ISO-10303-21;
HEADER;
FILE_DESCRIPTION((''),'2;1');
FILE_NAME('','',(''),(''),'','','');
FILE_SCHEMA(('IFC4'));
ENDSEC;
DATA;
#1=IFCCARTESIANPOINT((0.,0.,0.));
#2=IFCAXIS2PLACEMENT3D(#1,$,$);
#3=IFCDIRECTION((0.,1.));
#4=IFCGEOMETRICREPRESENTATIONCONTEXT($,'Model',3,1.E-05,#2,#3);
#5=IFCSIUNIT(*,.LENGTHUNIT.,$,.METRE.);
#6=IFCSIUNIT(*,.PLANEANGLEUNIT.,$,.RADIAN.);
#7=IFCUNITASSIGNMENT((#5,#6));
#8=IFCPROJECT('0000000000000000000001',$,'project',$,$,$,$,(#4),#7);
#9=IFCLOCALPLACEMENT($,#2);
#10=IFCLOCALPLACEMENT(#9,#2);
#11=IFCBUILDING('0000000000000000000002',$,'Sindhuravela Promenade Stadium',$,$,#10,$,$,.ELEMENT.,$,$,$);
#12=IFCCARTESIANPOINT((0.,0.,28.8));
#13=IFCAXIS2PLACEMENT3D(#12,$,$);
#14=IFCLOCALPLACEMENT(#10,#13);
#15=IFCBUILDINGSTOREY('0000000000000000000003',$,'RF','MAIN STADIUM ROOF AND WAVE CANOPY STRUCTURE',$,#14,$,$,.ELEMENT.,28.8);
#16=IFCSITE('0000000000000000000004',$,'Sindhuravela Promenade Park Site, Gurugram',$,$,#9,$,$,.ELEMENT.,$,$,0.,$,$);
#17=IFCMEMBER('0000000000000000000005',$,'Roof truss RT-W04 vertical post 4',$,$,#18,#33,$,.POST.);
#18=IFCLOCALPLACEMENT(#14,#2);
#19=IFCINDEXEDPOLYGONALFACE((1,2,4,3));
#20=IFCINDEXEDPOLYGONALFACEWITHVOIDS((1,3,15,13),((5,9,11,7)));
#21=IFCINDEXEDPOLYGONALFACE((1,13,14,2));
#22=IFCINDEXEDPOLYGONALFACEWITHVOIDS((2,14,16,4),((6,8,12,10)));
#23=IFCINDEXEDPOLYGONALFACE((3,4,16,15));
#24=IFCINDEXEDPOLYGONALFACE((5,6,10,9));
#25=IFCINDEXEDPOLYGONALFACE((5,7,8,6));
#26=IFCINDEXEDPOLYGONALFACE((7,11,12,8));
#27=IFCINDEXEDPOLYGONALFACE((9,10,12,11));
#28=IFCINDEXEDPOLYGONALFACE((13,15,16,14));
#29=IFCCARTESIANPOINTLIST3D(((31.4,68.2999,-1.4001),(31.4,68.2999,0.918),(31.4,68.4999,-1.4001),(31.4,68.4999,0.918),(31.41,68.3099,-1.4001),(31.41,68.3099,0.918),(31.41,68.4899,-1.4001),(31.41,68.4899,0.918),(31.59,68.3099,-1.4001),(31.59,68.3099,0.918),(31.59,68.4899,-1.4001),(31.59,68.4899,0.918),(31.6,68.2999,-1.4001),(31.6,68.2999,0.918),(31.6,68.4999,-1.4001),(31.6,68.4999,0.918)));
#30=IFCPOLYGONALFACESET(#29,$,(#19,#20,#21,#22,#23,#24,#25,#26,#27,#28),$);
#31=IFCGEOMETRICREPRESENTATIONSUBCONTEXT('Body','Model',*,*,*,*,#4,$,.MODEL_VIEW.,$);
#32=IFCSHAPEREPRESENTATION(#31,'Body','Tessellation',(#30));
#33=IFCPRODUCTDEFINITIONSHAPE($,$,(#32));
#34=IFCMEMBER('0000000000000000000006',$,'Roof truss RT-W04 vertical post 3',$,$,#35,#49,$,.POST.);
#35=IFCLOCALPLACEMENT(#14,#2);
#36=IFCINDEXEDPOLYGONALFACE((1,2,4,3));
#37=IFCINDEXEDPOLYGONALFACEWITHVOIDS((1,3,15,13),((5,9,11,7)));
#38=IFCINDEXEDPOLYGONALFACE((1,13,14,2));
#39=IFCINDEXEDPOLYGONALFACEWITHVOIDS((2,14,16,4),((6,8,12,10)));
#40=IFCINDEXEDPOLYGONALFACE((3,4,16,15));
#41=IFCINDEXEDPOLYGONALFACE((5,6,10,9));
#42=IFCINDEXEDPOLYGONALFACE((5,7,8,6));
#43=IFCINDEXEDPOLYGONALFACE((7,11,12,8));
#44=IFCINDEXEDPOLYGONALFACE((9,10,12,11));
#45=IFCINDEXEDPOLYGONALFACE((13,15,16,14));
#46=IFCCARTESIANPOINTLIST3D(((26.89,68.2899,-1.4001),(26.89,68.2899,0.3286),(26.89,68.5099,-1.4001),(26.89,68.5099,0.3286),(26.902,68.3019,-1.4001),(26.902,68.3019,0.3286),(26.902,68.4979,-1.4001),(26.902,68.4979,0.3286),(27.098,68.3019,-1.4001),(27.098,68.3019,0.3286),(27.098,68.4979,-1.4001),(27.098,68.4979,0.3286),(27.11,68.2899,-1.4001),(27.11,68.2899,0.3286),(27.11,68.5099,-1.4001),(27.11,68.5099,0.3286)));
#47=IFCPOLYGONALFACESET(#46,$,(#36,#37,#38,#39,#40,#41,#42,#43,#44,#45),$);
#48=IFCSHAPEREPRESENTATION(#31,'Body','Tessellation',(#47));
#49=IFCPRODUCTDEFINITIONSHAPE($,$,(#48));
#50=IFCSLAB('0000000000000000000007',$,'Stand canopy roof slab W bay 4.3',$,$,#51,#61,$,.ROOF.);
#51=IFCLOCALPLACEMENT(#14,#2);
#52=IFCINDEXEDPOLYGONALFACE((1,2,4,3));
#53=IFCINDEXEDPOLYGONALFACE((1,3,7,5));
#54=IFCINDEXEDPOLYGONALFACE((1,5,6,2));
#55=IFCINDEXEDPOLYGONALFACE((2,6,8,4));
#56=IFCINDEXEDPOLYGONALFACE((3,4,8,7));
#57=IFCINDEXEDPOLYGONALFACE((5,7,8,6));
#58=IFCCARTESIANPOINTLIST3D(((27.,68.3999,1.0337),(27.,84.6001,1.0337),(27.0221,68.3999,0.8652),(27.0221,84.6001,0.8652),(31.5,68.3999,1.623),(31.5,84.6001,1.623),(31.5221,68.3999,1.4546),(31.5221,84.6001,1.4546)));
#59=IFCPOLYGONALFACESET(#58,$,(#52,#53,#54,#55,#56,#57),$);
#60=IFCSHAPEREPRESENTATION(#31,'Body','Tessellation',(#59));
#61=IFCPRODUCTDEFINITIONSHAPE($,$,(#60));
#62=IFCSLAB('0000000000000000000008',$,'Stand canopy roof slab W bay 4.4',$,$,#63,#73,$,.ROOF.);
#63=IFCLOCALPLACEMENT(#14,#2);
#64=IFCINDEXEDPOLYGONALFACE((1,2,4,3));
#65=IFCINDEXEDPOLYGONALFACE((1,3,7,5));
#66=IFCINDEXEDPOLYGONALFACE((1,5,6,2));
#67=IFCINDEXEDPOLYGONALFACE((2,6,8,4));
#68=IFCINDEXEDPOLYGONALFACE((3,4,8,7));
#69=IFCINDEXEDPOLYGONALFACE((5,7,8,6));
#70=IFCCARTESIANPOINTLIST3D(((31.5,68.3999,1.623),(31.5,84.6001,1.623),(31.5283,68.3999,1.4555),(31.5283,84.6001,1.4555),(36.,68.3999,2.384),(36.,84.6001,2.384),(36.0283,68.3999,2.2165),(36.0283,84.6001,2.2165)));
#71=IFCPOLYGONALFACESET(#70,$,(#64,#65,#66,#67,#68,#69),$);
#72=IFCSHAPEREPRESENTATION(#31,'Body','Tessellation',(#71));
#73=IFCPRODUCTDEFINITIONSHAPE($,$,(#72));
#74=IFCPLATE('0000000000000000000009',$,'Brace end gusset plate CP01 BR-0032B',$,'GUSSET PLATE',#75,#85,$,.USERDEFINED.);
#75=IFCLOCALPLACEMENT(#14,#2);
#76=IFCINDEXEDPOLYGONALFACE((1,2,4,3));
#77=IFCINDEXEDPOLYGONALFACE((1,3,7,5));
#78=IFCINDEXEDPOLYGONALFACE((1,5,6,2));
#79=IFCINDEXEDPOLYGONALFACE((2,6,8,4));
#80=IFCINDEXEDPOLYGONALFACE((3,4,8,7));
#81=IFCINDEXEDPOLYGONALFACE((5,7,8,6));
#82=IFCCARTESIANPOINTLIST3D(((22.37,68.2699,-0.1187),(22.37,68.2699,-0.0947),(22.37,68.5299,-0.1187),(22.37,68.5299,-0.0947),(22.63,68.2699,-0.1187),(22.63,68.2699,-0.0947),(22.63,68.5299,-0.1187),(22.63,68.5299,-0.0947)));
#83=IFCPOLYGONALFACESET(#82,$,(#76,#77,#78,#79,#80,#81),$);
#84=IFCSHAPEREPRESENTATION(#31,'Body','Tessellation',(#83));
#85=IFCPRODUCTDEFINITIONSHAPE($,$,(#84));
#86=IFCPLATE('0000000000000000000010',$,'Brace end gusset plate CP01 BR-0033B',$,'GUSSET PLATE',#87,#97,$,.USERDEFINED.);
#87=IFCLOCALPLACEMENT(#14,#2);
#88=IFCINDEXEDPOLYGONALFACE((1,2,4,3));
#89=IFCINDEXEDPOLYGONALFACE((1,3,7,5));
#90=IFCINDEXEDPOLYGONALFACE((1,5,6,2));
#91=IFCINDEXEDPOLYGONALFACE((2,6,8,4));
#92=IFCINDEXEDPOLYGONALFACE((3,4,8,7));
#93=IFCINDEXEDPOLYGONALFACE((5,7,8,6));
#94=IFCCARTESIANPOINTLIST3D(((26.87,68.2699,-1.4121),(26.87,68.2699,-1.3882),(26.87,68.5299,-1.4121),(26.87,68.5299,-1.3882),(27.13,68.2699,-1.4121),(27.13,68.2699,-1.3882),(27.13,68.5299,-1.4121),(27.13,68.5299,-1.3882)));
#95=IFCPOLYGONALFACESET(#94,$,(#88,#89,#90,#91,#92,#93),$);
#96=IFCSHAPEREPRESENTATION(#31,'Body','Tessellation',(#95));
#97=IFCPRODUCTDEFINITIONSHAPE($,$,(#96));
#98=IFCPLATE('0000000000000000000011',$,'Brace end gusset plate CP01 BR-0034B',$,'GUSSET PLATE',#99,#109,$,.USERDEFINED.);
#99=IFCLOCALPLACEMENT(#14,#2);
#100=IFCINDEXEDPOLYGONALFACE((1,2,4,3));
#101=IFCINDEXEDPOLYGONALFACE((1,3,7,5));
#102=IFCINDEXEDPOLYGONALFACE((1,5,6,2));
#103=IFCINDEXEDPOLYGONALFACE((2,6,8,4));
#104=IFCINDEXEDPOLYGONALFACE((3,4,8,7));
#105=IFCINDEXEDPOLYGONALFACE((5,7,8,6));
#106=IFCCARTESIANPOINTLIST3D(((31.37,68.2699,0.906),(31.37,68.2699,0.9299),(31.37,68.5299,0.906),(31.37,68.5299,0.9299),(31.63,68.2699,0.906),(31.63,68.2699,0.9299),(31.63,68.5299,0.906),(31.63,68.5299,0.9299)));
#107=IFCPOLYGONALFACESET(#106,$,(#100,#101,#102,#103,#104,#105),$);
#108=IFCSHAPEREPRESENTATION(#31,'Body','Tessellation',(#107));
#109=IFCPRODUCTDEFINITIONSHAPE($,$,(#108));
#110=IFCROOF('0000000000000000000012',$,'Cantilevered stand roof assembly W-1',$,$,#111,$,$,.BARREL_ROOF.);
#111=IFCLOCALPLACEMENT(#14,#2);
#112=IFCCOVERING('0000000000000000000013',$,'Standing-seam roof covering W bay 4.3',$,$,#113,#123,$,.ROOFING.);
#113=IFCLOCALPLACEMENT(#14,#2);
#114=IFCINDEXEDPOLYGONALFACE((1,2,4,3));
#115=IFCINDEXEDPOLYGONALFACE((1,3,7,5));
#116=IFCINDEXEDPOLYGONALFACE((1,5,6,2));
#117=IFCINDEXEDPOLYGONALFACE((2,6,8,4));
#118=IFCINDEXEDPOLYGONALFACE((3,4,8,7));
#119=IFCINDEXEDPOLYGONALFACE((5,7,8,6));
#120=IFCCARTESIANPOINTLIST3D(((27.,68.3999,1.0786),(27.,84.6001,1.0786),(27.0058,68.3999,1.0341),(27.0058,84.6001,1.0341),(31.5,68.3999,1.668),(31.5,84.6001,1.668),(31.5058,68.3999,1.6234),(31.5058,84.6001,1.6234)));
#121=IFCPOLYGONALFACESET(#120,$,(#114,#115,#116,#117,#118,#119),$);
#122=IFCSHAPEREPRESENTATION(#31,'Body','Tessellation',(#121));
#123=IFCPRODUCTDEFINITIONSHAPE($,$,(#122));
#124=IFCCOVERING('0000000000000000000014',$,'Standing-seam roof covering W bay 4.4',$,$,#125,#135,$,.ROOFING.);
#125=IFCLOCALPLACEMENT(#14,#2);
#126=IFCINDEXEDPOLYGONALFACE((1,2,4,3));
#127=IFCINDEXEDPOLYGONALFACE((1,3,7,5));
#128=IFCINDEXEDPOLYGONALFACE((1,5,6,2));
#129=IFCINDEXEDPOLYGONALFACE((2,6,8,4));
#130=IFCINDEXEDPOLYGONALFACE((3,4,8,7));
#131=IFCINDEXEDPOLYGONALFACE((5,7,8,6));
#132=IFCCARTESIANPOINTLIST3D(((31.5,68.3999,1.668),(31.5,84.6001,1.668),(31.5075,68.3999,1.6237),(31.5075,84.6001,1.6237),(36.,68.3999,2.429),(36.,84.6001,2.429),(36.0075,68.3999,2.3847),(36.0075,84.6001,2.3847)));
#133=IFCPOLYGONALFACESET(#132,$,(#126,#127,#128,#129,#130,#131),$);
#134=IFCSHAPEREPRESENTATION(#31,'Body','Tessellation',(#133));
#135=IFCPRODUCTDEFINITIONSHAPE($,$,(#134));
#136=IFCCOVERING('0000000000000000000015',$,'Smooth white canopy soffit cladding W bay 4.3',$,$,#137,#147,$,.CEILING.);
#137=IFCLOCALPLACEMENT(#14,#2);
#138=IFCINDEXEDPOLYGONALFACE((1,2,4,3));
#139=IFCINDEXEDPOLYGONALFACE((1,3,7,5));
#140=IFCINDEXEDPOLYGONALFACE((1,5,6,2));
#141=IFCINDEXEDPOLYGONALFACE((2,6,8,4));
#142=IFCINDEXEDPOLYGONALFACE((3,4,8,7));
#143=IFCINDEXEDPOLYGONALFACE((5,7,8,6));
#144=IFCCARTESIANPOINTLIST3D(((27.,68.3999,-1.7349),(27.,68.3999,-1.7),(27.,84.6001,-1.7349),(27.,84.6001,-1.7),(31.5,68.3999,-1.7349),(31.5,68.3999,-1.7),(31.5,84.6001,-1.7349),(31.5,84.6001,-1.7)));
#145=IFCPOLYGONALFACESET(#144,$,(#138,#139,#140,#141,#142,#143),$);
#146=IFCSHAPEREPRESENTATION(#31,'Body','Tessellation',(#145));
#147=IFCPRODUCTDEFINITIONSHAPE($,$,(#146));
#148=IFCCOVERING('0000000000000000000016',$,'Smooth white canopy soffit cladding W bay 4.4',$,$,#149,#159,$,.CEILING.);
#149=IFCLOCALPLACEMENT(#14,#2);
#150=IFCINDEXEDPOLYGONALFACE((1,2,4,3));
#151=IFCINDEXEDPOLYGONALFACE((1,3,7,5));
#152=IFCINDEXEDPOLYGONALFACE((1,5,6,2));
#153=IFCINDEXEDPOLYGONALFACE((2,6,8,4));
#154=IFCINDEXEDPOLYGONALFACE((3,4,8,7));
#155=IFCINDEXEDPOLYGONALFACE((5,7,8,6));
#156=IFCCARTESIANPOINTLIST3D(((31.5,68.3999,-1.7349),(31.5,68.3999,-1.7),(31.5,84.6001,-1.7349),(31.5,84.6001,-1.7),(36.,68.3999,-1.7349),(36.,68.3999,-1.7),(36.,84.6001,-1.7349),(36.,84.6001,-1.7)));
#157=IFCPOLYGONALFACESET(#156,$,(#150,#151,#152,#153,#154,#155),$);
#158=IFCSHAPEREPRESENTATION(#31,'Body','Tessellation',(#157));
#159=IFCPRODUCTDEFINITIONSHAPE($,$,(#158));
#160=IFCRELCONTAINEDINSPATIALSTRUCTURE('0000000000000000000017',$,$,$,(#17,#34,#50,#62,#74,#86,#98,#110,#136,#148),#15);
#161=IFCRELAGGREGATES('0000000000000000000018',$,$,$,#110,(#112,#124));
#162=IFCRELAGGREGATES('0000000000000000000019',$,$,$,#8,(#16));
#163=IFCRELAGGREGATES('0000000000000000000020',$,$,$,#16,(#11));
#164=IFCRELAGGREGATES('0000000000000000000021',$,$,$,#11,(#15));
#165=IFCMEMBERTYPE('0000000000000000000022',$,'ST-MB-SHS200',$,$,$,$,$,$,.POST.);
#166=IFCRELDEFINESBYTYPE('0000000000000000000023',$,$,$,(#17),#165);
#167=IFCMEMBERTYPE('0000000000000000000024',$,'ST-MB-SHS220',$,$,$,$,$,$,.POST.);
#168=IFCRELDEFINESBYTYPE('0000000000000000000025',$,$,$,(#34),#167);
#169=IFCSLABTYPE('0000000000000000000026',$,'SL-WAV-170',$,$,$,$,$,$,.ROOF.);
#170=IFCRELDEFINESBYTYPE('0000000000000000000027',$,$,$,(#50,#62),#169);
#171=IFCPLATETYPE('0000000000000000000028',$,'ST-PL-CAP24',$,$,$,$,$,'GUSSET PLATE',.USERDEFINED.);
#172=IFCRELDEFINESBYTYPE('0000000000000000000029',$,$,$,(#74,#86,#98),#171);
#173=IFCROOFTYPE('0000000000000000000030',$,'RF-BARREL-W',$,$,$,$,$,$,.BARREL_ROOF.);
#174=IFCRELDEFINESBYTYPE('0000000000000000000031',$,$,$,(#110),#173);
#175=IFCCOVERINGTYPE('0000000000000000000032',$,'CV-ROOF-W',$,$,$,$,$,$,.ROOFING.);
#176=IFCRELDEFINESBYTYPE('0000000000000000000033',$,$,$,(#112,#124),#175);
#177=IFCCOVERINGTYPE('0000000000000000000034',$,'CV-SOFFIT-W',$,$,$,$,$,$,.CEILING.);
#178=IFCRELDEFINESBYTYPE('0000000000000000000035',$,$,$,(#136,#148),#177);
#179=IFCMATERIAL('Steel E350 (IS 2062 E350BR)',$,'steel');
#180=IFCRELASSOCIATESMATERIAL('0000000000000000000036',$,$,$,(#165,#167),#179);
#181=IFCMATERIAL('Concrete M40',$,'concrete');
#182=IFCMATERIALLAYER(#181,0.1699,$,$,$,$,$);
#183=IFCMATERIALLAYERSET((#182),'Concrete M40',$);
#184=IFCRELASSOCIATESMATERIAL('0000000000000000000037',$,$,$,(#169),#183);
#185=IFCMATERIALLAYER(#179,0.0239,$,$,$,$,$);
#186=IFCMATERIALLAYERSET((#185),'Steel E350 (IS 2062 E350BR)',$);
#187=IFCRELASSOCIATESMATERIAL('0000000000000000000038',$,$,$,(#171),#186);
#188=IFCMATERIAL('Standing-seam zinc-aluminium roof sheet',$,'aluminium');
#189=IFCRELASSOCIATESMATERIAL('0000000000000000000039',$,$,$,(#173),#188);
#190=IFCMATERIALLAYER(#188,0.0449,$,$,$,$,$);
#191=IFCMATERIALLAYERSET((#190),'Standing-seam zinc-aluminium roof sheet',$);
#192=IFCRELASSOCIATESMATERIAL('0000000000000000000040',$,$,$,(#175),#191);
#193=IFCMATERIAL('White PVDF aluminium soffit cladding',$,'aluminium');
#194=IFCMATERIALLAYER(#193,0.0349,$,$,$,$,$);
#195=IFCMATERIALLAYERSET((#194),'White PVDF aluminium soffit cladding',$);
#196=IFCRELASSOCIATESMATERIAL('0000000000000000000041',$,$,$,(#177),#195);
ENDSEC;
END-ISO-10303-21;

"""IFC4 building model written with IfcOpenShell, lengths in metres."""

from ifc_helpers import new_model, si_unit, direction, frame, origin, origin_2d, place, context, subcontext, project, spatial, polyline, rectangle, hollow_rectangle, outline, extrude, material, layer, layer_set, material_profile, profile_set, type_object, element, aggregate, save


model = new_model("IFC4")

# Units and contexts
model_context = context("Model", 3, precision=1e-05, world=origin(), true_north=direction((0.0, 1.0)))
body_context = subcontext(model_context, "Body", "Model", "MODEL_VIEW")
ifc_project = project(units=[si_unit("LENGTHUNIT", "METRE"), si_unit("PLANEANGLEUNIT", "RADIAN")], contexts=[model_context])

# Site, building, storey
site_placement = place(None, origin())
site = spatial("IfcSite", under=ifc_project, at=site_placement, Name="Sindhuravela Promenade Park Site, Gurugram", CompositionType="ELEMENT", RefElevation=0.0)
building_placement = place(site_placement, origin())
building = spatial("IfcBuilding", under=site, at=building_placement, Name="Sindhuravela Promenade Stadium", CompositionType="ELEMENT")
storey_placement = place(building_placement, frame((0.0, 0.0, 28.8)))
storey = spatial("IfcBuildingStorey", under=building, at=storey_placement, Name="RF", Description="MAIN STADIUM ROOF AND WAVE CANOPY STRUCTURE", CompositionType="ELEMENT", Elevation=28.8)

# Shared definitions
ifc_material_1 = material(Name="Concrete M40", Category="concrete")
ifc_material_2 = material(Name="Steel E350 (IS 2062 E350BR)", Category="steel")

# Members
ifc_material_profile_1 = material_profile(ifc_material_2, hollow_rectangle(XDim=0.2, YDim=0.2, WallThickness=0.01, at=origin_2d()), Name="SHS 200x200x10")
ifc_profile_set_1 = profile_set([ifc_material_profile_1], Name="Steel E350 (IS 2062 E350BR)")
member_type_1 = type_object("IfcMemberType", Name="ST-MB-SHS200", PredefinedType="POST", material=ifc_profile_set_1)
member_1_placement = place(storey_placement, frame((31.5, 68.3999, -1.4001), z_axis=(0.0, 0.0, 1.0), x_axis=(1.0, 0.0, 0.0)))
element("IfcMember", 1, at=member_1_placement, inside=storey, type_object=member_type_1, Name="Roof truss RT-W04 vertical post 4", PredefinedType="POST", context=body_context, shape_type="SweptSolid", body=[
    extrude(hollow_rectangle(XDim=0.2, YDim=0.2, WallThickness=0.01, at=origin_2d()), origin(), (0.0, 0.0, 1.0), 2.3181),
])
ifc_material_profile_2 = material_profile(ifc_material_2, hollow_rectangle(XDim=0.22, YDim=0.22, WallThickness=0.012, at=origin_2d()), Name="SHS 220x220x12")
ifc_profile_set_2 = profile_set([ifc_material_profile_2], Name="Steel E350 (IS 2062 E350BR)")
member_type_2 = type_object("IfcMemberType", Name="ST-MB-SHS220", PredefinedType="POST", material=ifc_profile_set_2)
member_2_placement = place(storey_placement, frame((27.0, 68.3999, -1.4001), z_axis=(0.0, 0.0, 1.0), x_axis=(1.0, 0.0, 0.0)))
element("IfcMember", 2, at=member_2_placement, inside=storey, type_object=member_type_2, Name="Roof truss RT-W04 vertical post 3", PredefinedType="POST", context=body_context, shape_type="SweptSolid", body=[
    extrude(hollow_rectangle(XDim=0.22, YDim=0.22, WallThickness=0.012, at=origin_2d()), origin(), (0.0, 0.0, 1.0), 1.7288),
])

# Slabs
ifc_layer_1 = layer(ifc_material_1, 0.1699)
ifc_layer_set_1 = layer_set([ifc_layer_1], Name="Concrete M40")
slab_type = type_object("IfcSlabType", Name="SL-WAV-170", PredefinedType="ROOF", material=ifc_layer_set_1)
slab_1_placement = place(storey_placement, frame((27.0, 68.3999, 1.0337), z_axis=(-0.129859, 0.0, 0.991532), x_axis=(0.0, 1.0, 0.0)))
element("IfcSlab", 3, at=slab_1_placement, inside=storey, type_object=slab_type, Name="Stand canopy roof slab W bay 4.3", PredefinedType="ROOF", context=body_context, shape_type="SweptSolid", body=[
    extrude(outline(polyline([(0.0, 0.0), (0.0, -4.5384), (16.2002, -4.5384), (16.2002, 0.0), (0.0, 0.0)])), origin(), (0.0, 0.0, -1.0), 0.1699),
])
slab_2_placement = place(storey_placement, frame((31.5, 68.3999, 1.623), z_axis=(-0.166741, 0.0, 0.986001), x_axis=(0.0, 1.0, 0.0)))
element("IfcSlab", 4, at=slab_2_placement, inside=storey, type_object=slab_type, Name="Stand canopy roof slab W bay 4.4", PredefinedType="ROOF", context=body_context, shape_type="SweptSolid", body=[
    extrude(outline(polyline([(0.0, 0.0), (0.0, -4.5639), (16.2002, -4.5639), (16.2002, 0.0), (0.0, 0.0)])), origin(), (0.0, 0.0, -1.0), 0.1699),
])

# Plates
ifc_layer_2 = layer(ifc_material_2, 0.0239)
ifc_layer_set_2 = layer_set([ifc_layer_2], Name="Steel E350 (IS 2062 E350BR)")
plate_type = type_object("IfcPlateType", Name="ST-PL-CAP24", ElementType="GUSSET PLATE", PredefinedType="USERDEFINED", material=ifc_layer_set_2)
for number, where, z_axis, x_axis, name in (
    (5, (22.5, 68.3999, -0.1187), (0.0, 0.0, 1.0), (1.0, 0.0, 0.0), "Brace end gusset plate CP01 BR-0032B"),
    (6, (27.0, 68.3999, -1.4121), (0.0, 0.0, 1.0), (1.0, 0.0, 0.0), "Brace end gusset plate CP01 BR-0033B"),
    (7, (31.5, 68.3999, 0.906), (0.0, 0.0, 1.0), (1.0, 0.0, 0.0), "Brace end gusset plate CP01 BR-0034B"),
):
    element("IfcPlate", number, at=place(storey_placement, frame(where, z_axis=z_axis, x_axis=x_axis)), inside=storey, type_object=plate_type, Name=name, ObjectType="GUSSET PLATE", PredefinedType="USERDEFINED", context=body_context, shape_type="SweptSolid", body=[
        extrude(rectangle(XDim=0.26, YDim=0.26, at=origin_2d()), origin(), (0.0, 0.0, 1.0), 0.0239),
    ])

# Roof, coverings
ifc_material_3 = material(Name="Standing-seam zinc-aluminium roof sheet", Category="aluminium")
roof_type = type_object("IfcRoofType", Name="RF-BARREL-W", PredefinedType="BARREL_ROOF", material=ifc_material_3)
roof_placement = place(storey_placement, origin())
roof = element("IfcRoof", 8, at=roof_placement, inside=storey, type_object=roof_type, Name="Cantilevered stand roof assembly W-1", PredefinedType="BARREL_ROOF")
ifc_layer_3 = layer(ifc_material_3, 0.0449)
ifc_layer_set_3 = layer_set([ifc_layer_3], Name="Standing-seam zinc-aluminium roof sheet")
covering_type_1 = type_object("IfcCoveringType", Name="CV-ROOF-W", PredefinedType="ROOFING", material=ifc_layer_set_3)
covering_1_placement = place(storey_placement, frame((27.0, 68.3999, 1.0786), z_axis=(-0.129859, 0.0, 0.991532), x_axis=(0.0, 1.0, 0.0)))
covering_1 = element("IfcCovering", 9, at=covering_1_placement, type_object=covering_type_1, Name="Standing-seam roof covering W bay 4.3", PredefinedType="ROOFING", context=body_context, shape_type="SweptSolid", body=[
    extrude(outline(polyline([(0.0, 0.0), (0.0, -4.5384), (16.2002, -4.5384), (16.2002, 0.0), (0.0, 0.0)])), origin(), (0.0, 0.0, -1.0), 0.0449),
])
covering_2_placement = place(storey_placement, frame((31.5, 68.3999, 1.668), z_axis=(-0.166741, 0.0, 0.986001), x_axis=(0.0, 1.0, 0.0)))
covering_2 = element("IfcCovering", 10, at=covering_2_placement, type_object=covering_type_1, Name="Standing-seam roof covering W bay 4.4", PredefinedType="ROOFING", context=body_context, shape_type="SweptSolid", body=[
    extrude(outline(polyline([(0.0, 0.0), (0.0, -4.5639), (16.2002, -4.5639), (16.2002, 0.0), (0.0, 0.0)])), origin(), (0.0, 0.0, -1.0), 0.0449),
])
aggregate(roof, [covering_1, covering_2])

# Coverings
ifc_material_4 = material(Name="White PVDF aluminium soffit cladding", Category="aluminium")
ifc_layer_4 = layer(ifc_material_4, 0.0349)
ifc_layer_set_4 = layer_set([ifc_layer_4], Name="White PVDF aluminium soffit cladding")
covering_type_2 = type_object("IfcCoveringType", Name="CV-SOFFIT-W", PredefinedType="CEILING", material=ifc_layer_set_4)
for number, where, z_axis, x_axis, name in (
    (11, (27.0, 68.3999, -1.7), (0.0, 0.0, 1.0), (0.0, 1.0, 0.0), "Smooth white canopy soffit cladding W bay 4.3"),
    (12, (31.5, 68.3999, -1.7), (0.0, 0.0, 1.0), (0.0, 1.0, 0.0), "Smooth white canopy soffit cladding W bay 4.4"),
):
    element("IfcCovering", number, at=place(storey_placement, frame(where, z_axis=z_axis, x_axis=x_axis)), inside=storey, type_object=covering_type_2, Name=name, PredefinedType="CEILING", context=body_context, shape_type="SweptSolid", body=[
        extrude(outline(polyline([(0.0, 0.0), (0.0, -4.5), (16.2002, -4.5), (16.2002, 0.0), (0.0, 0.0)])), origin(), (0.0, 0.0, -1.0), 0.0349),
    ])

save(model, "model.ifc")
